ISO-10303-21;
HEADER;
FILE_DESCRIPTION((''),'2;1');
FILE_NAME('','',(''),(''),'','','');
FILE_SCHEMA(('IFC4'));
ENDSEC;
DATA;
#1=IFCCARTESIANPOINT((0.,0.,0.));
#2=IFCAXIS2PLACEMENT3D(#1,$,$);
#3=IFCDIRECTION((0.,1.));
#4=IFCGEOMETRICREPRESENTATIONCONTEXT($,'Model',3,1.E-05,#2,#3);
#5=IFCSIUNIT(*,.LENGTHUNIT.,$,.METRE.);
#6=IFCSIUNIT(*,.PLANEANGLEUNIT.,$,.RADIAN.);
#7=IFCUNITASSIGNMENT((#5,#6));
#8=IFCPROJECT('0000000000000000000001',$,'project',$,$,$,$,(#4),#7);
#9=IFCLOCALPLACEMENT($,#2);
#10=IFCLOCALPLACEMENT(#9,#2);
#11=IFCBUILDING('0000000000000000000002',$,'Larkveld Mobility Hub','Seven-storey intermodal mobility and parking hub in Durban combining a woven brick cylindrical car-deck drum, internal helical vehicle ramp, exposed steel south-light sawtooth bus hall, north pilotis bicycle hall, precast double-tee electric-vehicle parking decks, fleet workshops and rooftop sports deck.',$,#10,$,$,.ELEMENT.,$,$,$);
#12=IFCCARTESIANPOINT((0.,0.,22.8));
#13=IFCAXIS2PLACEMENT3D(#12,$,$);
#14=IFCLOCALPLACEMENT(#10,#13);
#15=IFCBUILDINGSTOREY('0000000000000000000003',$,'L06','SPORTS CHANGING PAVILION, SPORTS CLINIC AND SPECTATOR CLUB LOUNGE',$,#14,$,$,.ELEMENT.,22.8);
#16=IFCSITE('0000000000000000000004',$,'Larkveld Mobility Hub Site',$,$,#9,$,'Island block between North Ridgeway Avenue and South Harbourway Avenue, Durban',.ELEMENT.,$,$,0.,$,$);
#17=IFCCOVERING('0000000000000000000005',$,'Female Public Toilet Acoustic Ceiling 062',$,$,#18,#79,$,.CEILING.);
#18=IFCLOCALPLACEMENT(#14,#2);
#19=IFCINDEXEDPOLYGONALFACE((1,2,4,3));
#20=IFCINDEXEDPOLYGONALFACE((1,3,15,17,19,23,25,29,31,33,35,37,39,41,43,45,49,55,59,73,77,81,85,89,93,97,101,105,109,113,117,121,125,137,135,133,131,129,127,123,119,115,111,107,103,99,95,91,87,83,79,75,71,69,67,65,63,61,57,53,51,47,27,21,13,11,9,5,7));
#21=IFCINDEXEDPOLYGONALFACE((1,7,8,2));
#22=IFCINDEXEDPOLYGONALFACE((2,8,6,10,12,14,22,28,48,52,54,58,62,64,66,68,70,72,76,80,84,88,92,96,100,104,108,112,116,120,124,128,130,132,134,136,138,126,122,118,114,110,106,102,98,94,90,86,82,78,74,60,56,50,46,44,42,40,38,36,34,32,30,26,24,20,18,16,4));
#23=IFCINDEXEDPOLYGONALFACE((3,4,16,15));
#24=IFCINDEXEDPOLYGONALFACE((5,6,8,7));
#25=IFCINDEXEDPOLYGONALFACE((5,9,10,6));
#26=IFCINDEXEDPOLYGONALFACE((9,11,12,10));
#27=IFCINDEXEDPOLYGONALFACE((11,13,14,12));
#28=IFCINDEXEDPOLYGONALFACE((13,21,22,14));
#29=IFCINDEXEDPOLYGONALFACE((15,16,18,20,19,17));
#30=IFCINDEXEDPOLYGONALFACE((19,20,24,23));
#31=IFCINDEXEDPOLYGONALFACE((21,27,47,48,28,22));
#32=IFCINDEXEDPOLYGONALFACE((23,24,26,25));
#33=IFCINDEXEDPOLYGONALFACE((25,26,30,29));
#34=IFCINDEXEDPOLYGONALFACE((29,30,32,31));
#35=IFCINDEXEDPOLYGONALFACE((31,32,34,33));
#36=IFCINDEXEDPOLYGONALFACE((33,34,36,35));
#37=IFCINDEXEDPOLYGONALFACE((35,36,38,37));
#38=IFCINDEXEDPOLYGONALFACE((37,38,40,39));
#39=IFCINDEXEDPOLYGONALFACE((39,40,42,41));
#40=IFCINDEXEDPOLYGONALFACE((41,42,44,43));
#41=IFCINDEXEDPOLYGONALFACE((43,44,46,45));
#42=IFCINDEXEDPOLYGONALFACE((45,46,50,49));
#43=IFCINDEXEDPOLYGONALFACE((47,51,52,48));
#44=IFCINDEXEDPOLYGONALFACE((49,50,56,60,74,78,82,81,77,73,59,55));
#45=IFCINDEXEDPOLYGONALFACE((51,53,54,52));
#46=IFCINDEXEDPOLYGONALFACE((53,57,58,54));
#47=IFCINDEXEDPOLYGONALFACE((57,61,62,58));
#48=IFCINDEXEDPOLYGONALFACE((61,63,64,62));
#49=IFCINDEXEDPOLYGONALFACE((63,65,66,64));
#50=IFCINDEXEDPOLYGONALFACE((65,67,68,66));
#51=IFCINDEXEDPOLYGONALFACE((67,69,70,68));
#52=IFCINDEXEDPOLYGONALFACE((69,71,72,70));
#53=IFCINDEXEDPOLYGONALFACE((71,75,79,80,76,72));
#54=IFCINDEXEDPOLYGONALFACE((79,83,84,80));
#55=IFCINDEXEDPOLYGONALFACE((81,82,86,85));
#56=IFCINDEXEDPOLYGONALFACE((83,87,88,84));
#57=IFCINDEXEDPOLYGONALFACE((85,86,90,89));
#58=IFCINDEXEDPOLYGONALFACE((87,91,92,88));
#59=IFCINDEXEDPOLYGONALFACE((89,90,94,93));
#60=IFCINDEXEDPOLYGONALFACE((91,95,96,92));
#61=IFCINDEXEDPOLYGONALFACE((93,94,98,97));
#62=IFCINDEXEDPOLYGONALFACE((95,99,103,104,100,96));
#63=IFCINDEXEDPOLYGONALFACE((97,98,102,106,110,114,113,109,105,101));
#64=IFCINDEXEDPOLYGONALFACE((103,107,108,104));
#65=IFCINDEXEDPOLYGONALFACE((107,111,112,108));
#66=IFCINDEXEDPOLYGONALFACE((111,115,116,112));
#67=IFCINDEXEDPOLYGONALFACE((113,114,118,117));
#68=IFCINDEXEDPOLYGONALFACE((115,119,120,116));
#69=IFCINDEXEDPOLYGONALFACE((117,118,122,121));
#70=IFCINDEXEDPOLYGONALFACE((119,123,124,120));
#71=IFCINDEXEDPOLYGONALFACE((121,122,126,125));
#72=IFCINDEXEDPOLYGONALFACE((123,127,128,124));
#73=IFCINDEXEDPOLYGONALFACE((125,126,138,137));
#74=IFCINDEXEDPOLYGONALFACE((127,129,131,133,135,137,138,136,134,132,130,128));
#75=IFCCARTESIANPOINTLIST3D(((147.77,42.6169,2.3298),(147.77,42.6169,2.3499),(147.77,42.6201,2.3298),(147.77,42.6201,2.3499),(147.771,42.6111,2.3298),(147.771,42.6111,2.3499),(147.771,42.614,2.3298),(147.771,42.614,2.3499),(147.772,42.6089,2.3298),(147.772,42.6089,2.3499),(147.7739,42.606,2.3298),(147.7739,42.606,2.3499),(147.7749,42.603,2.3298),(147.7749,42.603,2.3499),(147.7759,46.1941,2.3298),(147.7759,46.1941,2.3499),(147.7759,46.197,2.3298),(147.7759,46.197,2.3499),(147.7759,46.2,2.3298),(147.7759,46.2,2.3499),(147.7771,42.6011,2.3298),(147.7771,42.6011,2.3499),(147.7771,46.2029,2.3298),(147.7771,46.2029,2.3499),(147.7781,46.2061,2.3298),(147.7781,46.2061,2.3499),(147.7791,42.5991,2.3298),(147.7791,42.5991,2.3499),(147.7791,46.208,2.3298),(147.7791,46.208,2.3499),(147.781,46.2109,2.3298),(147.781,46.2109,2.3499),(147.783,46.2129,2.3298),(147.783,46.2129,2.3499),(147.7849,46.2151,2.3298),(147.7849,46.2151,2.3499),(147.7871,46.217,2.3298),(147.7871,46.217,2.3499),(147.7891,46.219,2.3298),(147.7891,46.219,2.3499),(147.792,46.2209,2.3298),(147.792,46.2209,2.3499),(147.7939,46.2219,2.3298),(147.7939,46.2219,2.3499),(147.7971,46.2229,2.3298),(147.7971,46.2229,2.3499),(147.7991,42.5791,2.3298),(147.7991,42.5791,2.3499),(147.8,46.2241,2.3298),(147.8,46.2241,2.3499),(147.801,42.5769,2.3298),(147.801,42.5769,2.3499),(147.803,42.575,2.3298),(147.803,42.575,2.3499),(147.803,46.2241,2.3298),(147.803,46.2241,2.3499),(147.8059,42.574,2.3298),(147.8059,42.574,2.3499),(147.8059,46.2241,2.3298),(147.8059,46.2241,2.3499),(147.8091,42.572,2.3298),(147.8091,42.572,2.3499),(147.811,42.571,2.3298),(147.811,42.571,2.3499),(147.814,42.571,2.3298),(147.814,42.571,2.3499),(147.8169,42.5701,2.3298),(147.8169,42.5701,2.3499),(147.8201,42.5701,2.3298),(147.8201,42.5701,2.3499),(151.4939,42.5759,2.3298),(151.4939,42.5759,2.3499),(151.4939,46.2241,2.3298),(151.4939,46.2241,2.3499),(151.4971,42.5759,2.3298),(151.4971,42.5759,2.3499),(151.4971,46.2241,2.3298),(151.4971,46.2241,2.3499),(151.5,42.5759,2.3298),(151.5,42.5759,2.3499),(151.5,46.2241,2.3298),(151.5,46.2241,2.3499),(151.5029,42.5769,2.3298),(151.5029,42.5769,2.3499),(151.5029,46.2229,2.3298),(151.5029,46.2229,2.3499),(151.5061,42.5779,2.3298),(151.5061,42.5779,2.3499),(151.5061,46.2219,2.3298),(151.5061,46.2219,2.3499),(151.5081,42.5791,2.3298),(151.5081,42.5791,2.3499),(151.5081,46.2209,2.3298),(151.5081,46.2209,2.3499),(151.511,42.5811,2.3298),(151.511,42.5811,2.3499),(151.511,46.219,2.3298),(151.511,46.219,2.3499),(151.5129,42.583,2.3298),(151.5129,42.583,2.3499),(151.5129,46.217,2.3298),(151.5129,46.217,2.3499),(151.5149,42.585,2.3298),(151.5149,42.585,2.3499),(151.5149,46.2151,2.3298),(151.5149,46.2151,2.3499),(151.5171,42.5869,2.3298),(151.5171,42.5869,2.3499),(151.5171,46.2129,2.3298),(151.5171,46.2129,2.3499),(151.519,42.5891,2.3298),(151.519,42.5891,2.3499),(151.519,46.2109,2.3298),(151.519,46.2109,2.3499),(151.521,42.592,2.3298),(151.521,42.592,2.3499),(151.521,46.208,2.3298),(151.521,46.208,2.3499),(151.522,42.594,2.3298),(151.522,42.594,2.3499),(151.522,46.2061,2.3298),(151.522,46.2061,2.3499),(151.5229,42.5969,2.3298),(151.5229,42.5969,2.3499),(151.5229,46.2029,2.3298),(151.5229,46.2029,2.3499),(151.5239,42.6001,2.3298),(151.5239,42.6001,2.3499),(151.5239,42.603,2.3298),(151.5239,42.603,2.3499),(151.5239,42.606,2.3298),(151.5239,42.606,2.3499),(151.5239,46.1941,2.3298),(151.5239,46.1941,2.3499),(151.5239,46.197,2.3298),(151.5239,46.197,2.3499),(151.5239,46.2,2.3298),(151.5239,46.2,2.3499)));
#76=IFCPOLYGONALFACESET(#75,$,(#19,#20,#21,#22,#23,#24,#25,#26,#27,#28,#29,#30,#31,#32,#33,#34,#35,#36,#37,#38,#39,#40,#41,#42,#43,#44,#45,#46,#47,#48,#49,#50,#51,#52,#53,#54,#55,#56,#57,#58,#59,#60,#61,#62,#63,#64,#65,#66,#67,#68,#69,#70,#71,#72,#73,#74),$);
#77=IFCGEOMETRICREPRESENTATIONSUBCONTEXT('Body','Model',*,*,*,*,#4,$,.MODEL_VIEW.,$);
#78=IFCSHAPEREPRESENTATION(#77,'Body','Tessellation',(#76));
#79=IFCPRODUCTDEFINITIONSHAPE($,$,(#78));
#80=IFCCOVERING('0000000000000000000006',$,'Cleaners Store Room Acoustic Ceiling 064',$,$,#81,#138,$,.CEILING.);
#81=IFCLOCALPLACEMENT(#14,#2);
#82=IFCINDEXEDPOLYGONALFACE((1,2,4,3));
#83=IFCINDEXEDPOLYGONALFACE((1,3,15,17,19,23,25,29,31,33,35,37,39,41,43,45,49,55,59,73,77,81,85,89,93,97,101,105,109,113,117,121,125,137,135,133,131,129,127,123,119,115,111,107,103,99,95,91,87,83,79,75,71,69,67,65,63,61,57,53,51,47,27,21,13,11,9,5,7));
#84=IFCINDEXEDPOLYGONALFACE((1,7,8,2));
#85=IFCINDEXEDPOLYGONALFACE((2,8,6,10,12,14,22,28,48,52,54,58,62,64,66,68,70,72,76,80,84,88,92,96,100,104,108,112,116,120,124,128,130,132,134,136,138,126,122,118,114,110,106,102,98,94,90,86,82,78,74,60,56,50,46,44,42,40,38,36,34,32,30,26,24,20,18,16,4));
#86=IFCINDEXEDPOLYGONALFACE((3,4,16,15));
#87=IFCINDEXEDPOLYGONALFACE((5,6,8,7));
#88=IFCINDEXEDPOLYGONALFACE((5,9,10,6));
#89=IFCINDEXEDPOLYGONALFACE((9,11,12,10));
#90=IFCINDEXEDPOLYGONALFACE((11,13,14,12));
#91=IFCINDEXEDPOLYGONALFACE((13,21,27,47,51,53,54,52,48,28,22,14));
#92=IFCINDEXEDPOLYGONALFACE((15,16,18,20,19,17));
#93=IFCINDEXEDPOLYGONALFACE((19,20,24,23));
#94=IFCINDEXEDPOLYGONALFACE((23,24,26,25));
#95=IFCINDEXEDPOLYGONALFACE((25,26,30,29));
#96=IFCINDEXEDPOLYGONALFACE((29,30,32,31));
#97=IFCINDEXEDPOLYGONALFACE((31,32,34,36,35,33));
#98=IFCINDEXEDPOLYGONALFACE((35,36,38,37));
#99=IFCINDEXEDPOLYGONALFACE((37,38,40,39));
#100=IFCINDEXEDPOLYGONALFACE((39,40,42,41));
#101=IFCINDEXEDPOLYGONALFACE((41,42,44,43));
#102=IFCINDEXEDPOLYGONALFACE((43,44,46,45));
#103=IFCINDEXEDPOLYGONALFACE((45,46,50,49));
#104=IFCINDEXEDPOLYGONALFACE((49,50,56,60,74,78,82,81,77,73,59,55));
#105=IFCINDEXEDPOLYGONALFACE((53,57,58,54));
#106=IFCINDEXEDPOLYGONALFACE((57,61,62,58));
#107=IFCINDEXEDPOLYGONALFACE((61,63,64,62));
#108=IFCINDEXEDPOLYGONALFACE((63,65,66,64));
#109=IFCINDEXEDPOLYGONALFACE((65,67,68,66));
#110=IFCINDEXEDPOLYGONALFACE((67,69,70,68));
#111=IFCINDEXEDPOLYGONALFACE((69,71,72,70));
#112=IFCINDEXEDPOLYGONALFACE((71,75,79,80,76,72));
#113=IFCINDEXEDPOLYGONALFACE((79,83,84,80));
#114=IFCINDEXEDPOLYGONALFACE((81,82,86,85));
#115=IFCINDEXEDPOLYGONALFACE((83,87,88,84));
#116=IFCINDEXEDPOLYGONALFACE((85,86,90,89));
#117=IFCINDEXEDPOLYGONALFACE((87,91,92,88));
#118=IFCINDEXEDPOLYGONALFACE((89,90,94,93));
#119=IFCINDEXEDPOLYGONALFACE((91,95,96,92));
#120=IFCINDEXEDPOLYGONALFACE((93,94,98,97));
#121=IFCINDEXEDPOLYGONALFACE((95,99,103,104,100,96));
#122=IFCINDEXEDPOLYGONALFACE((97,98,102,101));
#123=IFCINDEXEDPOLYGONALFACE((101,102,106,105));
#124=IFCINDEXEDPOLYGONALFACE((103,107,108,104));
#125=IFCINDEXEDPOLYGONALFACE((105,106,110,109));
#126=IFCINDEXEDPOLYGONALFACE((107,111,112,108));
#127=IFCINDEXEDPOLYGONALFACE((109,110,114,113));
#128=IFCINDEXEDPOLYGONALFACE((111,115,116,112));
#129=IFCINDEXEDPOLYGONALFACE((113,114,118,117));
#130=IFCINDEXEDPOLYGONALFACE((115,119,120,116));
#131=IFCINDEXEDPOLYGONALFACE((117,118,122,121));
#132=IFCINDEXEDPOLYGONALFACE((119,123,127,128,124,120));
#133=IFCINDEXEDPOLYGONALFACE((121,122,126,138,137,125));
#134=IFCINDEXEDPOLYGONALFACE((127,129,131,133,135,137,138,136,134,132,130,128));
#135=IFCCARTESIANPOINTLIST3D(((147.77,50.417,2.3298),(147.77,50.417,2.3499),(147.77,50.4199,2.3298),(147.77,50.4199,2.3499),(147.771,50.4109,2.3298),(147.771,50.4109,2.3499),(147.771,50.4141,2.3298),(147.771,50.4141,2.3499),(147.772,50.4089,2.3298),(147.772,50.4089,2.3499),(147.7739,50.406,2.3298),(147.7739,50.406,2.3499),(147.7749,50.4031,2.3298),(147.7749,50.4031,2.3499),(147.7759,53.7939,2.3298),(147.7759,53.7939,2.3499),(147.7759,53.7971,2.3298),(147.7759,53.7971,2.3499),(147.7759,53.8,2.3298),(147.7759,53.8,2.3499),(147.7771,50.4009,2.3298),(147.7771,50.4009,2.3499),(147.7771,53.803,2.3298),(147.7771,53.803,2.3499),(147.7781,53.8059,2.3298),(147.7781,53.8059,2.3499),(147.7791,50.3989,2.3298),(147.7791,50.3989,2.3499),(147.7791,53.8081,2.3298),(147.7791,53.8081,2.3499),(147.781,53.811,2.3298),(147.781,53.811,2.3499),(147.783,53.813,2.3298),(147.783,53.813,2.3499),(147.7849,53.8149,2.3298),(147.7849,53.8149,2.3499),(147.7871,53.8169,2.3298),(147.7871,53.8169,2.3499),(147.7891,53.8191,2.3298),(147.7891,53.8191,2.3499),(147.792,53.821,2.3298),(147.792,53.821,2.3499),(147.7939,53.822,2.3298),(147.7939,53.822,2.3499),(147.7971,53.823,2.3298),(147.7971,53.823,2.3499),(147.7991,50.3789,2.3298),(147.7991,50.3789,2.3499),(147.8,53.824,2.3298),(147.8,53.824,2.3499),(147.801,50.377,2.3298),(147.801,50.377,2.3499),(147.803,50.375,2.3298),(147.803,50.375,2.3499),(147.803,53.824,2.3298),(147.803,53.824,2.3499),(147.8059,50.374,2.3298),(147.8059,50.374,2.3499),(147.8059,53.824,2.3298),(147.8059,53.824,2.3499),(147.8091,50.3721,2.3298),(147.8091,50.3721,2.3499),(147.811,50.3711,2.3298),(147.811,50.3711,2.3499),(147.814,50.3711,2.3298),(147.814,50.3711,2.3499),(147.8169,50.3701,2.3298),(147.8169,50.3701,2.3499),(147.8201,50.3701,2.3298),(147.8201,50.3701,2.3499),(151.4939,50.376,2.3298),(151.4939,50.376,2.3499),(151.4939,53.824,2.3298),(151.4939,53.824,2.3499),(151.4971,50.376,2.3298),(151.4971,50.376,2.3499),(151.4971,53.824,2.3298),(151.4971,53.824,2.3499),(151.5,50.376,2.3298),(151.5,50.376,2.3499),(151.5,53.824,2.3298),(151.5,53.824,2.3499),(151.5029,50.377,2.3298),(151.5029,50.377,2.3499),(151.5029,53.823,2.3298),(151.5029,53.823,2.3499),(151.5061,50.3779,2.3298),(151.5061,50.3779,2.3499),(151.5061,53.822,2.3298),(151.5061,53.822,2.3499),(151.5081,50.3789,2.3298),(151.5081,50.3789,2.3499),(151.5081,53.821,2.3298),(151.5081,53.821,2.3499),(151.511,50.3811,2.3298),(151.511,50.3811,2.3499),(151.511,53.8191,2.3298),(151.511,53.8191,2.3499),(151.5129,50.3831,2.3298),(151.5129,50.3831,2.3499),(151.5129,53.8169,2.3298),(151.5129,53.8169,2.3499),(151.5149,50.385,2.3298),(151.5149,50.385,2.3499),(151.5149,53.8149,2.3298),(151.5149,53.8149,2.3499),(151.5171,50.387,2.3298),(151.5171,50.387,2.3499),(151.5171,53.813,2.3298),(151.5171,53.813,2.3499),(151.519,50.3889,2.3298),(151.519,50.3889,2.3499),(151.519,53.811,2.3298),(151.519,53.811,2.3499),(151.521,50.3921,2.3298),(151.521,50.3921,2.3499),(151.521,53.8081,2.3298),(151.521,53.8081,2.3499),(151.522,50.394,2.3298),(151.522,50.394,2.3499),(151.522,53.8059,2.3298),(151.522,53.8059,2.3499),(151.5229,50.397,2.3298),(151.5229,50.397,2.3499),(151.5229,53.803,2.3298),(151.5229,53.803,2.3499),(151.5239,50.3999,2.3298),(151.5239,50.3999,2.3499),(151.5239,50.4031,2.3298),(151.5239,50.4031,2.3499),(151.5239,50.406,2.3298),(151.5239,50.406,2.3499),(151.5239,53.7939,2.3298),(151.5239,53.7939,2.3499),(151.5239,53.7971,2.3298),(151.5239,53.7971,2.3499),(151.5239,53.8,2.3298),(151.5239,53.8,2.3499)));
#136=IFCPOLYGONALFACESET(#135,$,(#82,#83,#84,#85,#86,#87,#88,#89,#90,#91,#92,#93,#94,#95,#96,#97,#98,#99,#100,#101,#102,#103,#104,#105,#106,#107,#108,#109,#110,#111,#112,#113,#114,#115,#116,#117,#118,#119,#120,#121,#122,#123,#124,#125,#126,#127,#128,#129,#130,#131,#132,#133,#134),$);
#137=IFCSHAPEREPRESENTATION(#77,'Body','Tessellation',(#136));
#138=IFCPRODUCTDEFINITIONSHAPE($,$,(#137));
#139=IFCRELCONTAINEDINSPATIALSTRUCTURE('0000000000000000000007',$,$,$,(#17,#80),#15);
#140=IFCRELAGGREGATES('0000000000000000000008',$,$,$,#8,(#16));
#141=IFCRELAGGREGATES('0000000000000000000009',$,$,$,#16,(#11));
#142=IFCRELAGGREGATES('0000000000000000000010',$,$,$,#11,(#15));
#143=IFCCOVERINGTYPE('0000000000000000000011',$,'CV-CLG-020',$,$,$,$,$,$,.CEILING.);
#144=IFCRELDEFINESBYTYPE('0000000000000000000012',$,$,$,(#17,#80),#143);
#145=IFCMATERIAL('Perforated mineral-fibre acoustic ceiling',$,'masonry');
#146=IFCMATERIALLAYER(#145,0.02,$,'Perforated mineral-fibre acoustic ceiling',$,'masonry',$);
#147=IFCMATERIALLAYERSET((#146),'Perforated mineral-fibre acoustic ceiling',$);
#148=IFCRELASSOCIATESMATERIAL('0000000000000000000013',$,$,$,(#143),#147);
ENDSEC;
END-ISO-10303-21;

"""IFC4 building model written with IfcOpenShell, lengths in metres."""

from ifc_helpers import new_model, si_unit, direction, frame, origin, place, context, subcontext, project, spatial, polyline, outline, extrude, material, layer, layer_set, type_object, element, save


model = new_model("IFC4")

# Units and contexts
model_context = context("Model", 3, precision=1e-05, world=origin(), true_north=direction((0.0, 1.0)))
body_context = subcontext(model_context, "Body", "Model", "MODEL_VIEW")
ifc_project = project(units=[si_unit("LENGTHUNIT", "METRE"), si_unit("PLANEANGLEUNIT", "RADIAN")], contexts=[model_context])

# Site, building, storey
site_placement = place(None, origin())
site = spatial("IfcSite", under=ifc_project, at=site_placement, Name="Larkveld Mobility Hub Site", LongName="Island block between North Ridgeway Avenue and South Harbourway Avenue, Durban", CompositionType="ELEMENT", RefElevation=0.0)
building_placement = place(site_placement, origin())
building = spatial("IfcBuilding", under=site, at=building_placement, Name="Larkveld Mobility Hub", Description="Seven-storey intermodal mobility and parking hub in Durban combining a woven brick cylindrical car-deck drum, internal helical vehicle ramp, exposed steel south-light sawtooth bus hall, north pilotis bicycle hall, precast double-tee electric-vehicle parking decks, fleet workshops and rooftop sports deck.", CompositionType="ELEMENT")
storey_placement = place(building_placement, frame((0.0, 0.0, 22.8)))
storey = spatial("IfcBuildingStorey", under=building, at=storey_placement, Name="L06", Description="SPORTS CHANGING PAVILION, SPORTS CLINIC AND SPECTATOR CLUB LOUNGE", CompositionType="ELEMENT", Elevation=22.8)

# Coverings
ifc_material_1 = material(Name="Perforated mineral-fibre acoustic ceiling", Category="masonry")
ifc_layer_1 = layer(ifc_material_1, 0.02, Name="Perforated mineral-fibre acoustic ceiling", Category="masonry")
ifc_layer_set_1 = layer_set([ifc_layer_1], Name="Perforated mineral-fibre acoustic ceiling")
covering_type_1 = type_object("IfcCoveringType", Name="CV-CLG-020", PredefinedType="CEILING", material=ifc_layer_set_1)
covering_1_placement = place(storey_placement, frame((0.0, 0.0, 2.3298)))
element("IfcCovering", 1, at=covering_1_placement, inside=storey, type_object=covering_type_1, Name="Female Public Toilet Acoustic Ceiling 062", PredefinedType="CEILING", context=body_context, shape_type="SweptSolid", body=[
    extrude(outline(polyline([(147.8201, 42.5701), (147.8169, 42.5701), (147.814, 42.571), (147.811, 42.571), (147.8091, 42.572), (147.8059, 42.574), (147.803, 42.575), (147.801, 42.5769), (147.7991, 42.5791), (147.7791, 42.5991), (147.7771, 42.6011), (147.7749, 42.603), (147.7739, 42.606), (147.772, 42.6089), (147.771, 42.6111), (147.771, 42.614), (147.77, 42.6169), (147.77, 42.6201), (147.7759, 46.1941), (147.7759, 46.197), (147.7759, 46.2), (147.7771, 46.2029), (147.7781, 46.2061), (147.7791, 46.208), (147.781, 46.2109), (147.783, 46.2129), (147.7849, 46.2151), (147.7871, 46.217), (147.7891, 46.219), (147.792, 46.2209), (147.7939, 46.2219), (147.7971, 46.2229), (147.8, 46.2241), (147.803, 46.2241), (147.8059, 46.2241), (151.4939, 46.2241), (151.4971, 46.2241), (151.5, 46.2241), (151.5029, 46.2229), (151.5061, 46.2219), (151.5081, 46.2209), (151.511, 46.219), (151.5129, 46.217), (151.5149, 46.2151), (151.5171, 46.2129), (151.519, 46.2109), (151.521, 46.208), (151.522, 46.2061), (151.5229, 46.2029), (151.5239, 46.2), (151.5239, 46.197), (151.5239, 46.1941), (151.5239, 42.606), (151.5239, 42.603), (151.5239, 42.6001), (151.5229, 42.5969), (151.522, 42.594), (151.521, 42.592), (151.519, 42.5891), (151.5171, 42.5869), (151.5149, 42.585), (151.5129, 42.583), (151.511, 42.5811), (151.5081, 42.5791), (151.5061, 42.5779), (151.5029, 42.5769), (151.5, 42.5759), (151.4971, 42.5759), (151.4939, 42.5759), (147.8201, 42.5701)])), origin(), (0.0, 0.0, 1.0), 0.02),
])
covering_2_placement = place(storey_placement, frame((0.0, 0.0, 2.3298)))
element("IfcCovering", 2, at=covering_2_placement, inside=storey, type_object=covering_type_1, Name="Cleaners Store Room Acoustic Ceiling 064", PredefinedType="CEILING", context=body_context, shape_type="SweptSolid", body=[
    extrude(outline(polyline([(147.8201, 50.3701), (147.8169, 50.3701), (147.814, 50.3711), (147.811, 50.3711), (147.8091, 50.3721), (147.8059, 50.374), (147.803, 50.375), (147.801, 50.377), (147.7991, 50.3789), (147.7791, 50.3989), (147.7771, 50.4009), (147.7749, 50.4031), (147.7739, 50.406), (147.772, 50.4089), (147.771, 50.4109), (147.771, 50.4141), (147.77, 50.417), (147.77, 50.4199), (147.7759, 53.7939), (147.7759, 53.7971), (147.7759, 53.8), (147.7771, 53.803), (147.7781, 53.8059), (147.7791, 53.8081), (147.781, 53.811), (147.783, 53.813), (147.7849, 53.8149), (147.7871, 53.8169), (147.7891, 53.8191), (147.792, 53.821), (147.7939, 53.822), (147.7971, 53.823), (147.8, 53.824), (147.803, 53.824), (147.8059, 53.824), (151.4939, 53.824), (151.4971, 53.824), (151.5, 53.824), (151.5029, 53.823), (151.5061, 53.822), (151.5081, 53.821), (151.511, 53.8191), (151.5129, 53.8169), (151.5149, 53.8149), (151.5171, 53.813), (151.519, 53.811), (151.521, 53.8081), (151.522, 53.8059), (151.5229, 53.803), (151.5239, 53.8), (151.5239, 53.7971), (151.5239, 53.7939), (151.5239, 50.406), (151.5239, 50.4031), (151.5239, 50.3999), (151.5229, 50.397), (151.522, 50.394), (151.521, 50.3921), (151.519, 50.3889), (151.5171, 50.387), (151.5149, 50.385), (151.5129, 50.3831), (151.511, 50.3811), (151.5081, 50.3789), (151.5061, 50.3779), (151.5029, 50.377), (151.5, 50.376), (151.4971, 50.376), (151.4939, 50.376), (147.8201, 50.3701)])), origin(), (0.0, 0.0, 1.0), 0.02),
])

save(model, "model.ifc")
